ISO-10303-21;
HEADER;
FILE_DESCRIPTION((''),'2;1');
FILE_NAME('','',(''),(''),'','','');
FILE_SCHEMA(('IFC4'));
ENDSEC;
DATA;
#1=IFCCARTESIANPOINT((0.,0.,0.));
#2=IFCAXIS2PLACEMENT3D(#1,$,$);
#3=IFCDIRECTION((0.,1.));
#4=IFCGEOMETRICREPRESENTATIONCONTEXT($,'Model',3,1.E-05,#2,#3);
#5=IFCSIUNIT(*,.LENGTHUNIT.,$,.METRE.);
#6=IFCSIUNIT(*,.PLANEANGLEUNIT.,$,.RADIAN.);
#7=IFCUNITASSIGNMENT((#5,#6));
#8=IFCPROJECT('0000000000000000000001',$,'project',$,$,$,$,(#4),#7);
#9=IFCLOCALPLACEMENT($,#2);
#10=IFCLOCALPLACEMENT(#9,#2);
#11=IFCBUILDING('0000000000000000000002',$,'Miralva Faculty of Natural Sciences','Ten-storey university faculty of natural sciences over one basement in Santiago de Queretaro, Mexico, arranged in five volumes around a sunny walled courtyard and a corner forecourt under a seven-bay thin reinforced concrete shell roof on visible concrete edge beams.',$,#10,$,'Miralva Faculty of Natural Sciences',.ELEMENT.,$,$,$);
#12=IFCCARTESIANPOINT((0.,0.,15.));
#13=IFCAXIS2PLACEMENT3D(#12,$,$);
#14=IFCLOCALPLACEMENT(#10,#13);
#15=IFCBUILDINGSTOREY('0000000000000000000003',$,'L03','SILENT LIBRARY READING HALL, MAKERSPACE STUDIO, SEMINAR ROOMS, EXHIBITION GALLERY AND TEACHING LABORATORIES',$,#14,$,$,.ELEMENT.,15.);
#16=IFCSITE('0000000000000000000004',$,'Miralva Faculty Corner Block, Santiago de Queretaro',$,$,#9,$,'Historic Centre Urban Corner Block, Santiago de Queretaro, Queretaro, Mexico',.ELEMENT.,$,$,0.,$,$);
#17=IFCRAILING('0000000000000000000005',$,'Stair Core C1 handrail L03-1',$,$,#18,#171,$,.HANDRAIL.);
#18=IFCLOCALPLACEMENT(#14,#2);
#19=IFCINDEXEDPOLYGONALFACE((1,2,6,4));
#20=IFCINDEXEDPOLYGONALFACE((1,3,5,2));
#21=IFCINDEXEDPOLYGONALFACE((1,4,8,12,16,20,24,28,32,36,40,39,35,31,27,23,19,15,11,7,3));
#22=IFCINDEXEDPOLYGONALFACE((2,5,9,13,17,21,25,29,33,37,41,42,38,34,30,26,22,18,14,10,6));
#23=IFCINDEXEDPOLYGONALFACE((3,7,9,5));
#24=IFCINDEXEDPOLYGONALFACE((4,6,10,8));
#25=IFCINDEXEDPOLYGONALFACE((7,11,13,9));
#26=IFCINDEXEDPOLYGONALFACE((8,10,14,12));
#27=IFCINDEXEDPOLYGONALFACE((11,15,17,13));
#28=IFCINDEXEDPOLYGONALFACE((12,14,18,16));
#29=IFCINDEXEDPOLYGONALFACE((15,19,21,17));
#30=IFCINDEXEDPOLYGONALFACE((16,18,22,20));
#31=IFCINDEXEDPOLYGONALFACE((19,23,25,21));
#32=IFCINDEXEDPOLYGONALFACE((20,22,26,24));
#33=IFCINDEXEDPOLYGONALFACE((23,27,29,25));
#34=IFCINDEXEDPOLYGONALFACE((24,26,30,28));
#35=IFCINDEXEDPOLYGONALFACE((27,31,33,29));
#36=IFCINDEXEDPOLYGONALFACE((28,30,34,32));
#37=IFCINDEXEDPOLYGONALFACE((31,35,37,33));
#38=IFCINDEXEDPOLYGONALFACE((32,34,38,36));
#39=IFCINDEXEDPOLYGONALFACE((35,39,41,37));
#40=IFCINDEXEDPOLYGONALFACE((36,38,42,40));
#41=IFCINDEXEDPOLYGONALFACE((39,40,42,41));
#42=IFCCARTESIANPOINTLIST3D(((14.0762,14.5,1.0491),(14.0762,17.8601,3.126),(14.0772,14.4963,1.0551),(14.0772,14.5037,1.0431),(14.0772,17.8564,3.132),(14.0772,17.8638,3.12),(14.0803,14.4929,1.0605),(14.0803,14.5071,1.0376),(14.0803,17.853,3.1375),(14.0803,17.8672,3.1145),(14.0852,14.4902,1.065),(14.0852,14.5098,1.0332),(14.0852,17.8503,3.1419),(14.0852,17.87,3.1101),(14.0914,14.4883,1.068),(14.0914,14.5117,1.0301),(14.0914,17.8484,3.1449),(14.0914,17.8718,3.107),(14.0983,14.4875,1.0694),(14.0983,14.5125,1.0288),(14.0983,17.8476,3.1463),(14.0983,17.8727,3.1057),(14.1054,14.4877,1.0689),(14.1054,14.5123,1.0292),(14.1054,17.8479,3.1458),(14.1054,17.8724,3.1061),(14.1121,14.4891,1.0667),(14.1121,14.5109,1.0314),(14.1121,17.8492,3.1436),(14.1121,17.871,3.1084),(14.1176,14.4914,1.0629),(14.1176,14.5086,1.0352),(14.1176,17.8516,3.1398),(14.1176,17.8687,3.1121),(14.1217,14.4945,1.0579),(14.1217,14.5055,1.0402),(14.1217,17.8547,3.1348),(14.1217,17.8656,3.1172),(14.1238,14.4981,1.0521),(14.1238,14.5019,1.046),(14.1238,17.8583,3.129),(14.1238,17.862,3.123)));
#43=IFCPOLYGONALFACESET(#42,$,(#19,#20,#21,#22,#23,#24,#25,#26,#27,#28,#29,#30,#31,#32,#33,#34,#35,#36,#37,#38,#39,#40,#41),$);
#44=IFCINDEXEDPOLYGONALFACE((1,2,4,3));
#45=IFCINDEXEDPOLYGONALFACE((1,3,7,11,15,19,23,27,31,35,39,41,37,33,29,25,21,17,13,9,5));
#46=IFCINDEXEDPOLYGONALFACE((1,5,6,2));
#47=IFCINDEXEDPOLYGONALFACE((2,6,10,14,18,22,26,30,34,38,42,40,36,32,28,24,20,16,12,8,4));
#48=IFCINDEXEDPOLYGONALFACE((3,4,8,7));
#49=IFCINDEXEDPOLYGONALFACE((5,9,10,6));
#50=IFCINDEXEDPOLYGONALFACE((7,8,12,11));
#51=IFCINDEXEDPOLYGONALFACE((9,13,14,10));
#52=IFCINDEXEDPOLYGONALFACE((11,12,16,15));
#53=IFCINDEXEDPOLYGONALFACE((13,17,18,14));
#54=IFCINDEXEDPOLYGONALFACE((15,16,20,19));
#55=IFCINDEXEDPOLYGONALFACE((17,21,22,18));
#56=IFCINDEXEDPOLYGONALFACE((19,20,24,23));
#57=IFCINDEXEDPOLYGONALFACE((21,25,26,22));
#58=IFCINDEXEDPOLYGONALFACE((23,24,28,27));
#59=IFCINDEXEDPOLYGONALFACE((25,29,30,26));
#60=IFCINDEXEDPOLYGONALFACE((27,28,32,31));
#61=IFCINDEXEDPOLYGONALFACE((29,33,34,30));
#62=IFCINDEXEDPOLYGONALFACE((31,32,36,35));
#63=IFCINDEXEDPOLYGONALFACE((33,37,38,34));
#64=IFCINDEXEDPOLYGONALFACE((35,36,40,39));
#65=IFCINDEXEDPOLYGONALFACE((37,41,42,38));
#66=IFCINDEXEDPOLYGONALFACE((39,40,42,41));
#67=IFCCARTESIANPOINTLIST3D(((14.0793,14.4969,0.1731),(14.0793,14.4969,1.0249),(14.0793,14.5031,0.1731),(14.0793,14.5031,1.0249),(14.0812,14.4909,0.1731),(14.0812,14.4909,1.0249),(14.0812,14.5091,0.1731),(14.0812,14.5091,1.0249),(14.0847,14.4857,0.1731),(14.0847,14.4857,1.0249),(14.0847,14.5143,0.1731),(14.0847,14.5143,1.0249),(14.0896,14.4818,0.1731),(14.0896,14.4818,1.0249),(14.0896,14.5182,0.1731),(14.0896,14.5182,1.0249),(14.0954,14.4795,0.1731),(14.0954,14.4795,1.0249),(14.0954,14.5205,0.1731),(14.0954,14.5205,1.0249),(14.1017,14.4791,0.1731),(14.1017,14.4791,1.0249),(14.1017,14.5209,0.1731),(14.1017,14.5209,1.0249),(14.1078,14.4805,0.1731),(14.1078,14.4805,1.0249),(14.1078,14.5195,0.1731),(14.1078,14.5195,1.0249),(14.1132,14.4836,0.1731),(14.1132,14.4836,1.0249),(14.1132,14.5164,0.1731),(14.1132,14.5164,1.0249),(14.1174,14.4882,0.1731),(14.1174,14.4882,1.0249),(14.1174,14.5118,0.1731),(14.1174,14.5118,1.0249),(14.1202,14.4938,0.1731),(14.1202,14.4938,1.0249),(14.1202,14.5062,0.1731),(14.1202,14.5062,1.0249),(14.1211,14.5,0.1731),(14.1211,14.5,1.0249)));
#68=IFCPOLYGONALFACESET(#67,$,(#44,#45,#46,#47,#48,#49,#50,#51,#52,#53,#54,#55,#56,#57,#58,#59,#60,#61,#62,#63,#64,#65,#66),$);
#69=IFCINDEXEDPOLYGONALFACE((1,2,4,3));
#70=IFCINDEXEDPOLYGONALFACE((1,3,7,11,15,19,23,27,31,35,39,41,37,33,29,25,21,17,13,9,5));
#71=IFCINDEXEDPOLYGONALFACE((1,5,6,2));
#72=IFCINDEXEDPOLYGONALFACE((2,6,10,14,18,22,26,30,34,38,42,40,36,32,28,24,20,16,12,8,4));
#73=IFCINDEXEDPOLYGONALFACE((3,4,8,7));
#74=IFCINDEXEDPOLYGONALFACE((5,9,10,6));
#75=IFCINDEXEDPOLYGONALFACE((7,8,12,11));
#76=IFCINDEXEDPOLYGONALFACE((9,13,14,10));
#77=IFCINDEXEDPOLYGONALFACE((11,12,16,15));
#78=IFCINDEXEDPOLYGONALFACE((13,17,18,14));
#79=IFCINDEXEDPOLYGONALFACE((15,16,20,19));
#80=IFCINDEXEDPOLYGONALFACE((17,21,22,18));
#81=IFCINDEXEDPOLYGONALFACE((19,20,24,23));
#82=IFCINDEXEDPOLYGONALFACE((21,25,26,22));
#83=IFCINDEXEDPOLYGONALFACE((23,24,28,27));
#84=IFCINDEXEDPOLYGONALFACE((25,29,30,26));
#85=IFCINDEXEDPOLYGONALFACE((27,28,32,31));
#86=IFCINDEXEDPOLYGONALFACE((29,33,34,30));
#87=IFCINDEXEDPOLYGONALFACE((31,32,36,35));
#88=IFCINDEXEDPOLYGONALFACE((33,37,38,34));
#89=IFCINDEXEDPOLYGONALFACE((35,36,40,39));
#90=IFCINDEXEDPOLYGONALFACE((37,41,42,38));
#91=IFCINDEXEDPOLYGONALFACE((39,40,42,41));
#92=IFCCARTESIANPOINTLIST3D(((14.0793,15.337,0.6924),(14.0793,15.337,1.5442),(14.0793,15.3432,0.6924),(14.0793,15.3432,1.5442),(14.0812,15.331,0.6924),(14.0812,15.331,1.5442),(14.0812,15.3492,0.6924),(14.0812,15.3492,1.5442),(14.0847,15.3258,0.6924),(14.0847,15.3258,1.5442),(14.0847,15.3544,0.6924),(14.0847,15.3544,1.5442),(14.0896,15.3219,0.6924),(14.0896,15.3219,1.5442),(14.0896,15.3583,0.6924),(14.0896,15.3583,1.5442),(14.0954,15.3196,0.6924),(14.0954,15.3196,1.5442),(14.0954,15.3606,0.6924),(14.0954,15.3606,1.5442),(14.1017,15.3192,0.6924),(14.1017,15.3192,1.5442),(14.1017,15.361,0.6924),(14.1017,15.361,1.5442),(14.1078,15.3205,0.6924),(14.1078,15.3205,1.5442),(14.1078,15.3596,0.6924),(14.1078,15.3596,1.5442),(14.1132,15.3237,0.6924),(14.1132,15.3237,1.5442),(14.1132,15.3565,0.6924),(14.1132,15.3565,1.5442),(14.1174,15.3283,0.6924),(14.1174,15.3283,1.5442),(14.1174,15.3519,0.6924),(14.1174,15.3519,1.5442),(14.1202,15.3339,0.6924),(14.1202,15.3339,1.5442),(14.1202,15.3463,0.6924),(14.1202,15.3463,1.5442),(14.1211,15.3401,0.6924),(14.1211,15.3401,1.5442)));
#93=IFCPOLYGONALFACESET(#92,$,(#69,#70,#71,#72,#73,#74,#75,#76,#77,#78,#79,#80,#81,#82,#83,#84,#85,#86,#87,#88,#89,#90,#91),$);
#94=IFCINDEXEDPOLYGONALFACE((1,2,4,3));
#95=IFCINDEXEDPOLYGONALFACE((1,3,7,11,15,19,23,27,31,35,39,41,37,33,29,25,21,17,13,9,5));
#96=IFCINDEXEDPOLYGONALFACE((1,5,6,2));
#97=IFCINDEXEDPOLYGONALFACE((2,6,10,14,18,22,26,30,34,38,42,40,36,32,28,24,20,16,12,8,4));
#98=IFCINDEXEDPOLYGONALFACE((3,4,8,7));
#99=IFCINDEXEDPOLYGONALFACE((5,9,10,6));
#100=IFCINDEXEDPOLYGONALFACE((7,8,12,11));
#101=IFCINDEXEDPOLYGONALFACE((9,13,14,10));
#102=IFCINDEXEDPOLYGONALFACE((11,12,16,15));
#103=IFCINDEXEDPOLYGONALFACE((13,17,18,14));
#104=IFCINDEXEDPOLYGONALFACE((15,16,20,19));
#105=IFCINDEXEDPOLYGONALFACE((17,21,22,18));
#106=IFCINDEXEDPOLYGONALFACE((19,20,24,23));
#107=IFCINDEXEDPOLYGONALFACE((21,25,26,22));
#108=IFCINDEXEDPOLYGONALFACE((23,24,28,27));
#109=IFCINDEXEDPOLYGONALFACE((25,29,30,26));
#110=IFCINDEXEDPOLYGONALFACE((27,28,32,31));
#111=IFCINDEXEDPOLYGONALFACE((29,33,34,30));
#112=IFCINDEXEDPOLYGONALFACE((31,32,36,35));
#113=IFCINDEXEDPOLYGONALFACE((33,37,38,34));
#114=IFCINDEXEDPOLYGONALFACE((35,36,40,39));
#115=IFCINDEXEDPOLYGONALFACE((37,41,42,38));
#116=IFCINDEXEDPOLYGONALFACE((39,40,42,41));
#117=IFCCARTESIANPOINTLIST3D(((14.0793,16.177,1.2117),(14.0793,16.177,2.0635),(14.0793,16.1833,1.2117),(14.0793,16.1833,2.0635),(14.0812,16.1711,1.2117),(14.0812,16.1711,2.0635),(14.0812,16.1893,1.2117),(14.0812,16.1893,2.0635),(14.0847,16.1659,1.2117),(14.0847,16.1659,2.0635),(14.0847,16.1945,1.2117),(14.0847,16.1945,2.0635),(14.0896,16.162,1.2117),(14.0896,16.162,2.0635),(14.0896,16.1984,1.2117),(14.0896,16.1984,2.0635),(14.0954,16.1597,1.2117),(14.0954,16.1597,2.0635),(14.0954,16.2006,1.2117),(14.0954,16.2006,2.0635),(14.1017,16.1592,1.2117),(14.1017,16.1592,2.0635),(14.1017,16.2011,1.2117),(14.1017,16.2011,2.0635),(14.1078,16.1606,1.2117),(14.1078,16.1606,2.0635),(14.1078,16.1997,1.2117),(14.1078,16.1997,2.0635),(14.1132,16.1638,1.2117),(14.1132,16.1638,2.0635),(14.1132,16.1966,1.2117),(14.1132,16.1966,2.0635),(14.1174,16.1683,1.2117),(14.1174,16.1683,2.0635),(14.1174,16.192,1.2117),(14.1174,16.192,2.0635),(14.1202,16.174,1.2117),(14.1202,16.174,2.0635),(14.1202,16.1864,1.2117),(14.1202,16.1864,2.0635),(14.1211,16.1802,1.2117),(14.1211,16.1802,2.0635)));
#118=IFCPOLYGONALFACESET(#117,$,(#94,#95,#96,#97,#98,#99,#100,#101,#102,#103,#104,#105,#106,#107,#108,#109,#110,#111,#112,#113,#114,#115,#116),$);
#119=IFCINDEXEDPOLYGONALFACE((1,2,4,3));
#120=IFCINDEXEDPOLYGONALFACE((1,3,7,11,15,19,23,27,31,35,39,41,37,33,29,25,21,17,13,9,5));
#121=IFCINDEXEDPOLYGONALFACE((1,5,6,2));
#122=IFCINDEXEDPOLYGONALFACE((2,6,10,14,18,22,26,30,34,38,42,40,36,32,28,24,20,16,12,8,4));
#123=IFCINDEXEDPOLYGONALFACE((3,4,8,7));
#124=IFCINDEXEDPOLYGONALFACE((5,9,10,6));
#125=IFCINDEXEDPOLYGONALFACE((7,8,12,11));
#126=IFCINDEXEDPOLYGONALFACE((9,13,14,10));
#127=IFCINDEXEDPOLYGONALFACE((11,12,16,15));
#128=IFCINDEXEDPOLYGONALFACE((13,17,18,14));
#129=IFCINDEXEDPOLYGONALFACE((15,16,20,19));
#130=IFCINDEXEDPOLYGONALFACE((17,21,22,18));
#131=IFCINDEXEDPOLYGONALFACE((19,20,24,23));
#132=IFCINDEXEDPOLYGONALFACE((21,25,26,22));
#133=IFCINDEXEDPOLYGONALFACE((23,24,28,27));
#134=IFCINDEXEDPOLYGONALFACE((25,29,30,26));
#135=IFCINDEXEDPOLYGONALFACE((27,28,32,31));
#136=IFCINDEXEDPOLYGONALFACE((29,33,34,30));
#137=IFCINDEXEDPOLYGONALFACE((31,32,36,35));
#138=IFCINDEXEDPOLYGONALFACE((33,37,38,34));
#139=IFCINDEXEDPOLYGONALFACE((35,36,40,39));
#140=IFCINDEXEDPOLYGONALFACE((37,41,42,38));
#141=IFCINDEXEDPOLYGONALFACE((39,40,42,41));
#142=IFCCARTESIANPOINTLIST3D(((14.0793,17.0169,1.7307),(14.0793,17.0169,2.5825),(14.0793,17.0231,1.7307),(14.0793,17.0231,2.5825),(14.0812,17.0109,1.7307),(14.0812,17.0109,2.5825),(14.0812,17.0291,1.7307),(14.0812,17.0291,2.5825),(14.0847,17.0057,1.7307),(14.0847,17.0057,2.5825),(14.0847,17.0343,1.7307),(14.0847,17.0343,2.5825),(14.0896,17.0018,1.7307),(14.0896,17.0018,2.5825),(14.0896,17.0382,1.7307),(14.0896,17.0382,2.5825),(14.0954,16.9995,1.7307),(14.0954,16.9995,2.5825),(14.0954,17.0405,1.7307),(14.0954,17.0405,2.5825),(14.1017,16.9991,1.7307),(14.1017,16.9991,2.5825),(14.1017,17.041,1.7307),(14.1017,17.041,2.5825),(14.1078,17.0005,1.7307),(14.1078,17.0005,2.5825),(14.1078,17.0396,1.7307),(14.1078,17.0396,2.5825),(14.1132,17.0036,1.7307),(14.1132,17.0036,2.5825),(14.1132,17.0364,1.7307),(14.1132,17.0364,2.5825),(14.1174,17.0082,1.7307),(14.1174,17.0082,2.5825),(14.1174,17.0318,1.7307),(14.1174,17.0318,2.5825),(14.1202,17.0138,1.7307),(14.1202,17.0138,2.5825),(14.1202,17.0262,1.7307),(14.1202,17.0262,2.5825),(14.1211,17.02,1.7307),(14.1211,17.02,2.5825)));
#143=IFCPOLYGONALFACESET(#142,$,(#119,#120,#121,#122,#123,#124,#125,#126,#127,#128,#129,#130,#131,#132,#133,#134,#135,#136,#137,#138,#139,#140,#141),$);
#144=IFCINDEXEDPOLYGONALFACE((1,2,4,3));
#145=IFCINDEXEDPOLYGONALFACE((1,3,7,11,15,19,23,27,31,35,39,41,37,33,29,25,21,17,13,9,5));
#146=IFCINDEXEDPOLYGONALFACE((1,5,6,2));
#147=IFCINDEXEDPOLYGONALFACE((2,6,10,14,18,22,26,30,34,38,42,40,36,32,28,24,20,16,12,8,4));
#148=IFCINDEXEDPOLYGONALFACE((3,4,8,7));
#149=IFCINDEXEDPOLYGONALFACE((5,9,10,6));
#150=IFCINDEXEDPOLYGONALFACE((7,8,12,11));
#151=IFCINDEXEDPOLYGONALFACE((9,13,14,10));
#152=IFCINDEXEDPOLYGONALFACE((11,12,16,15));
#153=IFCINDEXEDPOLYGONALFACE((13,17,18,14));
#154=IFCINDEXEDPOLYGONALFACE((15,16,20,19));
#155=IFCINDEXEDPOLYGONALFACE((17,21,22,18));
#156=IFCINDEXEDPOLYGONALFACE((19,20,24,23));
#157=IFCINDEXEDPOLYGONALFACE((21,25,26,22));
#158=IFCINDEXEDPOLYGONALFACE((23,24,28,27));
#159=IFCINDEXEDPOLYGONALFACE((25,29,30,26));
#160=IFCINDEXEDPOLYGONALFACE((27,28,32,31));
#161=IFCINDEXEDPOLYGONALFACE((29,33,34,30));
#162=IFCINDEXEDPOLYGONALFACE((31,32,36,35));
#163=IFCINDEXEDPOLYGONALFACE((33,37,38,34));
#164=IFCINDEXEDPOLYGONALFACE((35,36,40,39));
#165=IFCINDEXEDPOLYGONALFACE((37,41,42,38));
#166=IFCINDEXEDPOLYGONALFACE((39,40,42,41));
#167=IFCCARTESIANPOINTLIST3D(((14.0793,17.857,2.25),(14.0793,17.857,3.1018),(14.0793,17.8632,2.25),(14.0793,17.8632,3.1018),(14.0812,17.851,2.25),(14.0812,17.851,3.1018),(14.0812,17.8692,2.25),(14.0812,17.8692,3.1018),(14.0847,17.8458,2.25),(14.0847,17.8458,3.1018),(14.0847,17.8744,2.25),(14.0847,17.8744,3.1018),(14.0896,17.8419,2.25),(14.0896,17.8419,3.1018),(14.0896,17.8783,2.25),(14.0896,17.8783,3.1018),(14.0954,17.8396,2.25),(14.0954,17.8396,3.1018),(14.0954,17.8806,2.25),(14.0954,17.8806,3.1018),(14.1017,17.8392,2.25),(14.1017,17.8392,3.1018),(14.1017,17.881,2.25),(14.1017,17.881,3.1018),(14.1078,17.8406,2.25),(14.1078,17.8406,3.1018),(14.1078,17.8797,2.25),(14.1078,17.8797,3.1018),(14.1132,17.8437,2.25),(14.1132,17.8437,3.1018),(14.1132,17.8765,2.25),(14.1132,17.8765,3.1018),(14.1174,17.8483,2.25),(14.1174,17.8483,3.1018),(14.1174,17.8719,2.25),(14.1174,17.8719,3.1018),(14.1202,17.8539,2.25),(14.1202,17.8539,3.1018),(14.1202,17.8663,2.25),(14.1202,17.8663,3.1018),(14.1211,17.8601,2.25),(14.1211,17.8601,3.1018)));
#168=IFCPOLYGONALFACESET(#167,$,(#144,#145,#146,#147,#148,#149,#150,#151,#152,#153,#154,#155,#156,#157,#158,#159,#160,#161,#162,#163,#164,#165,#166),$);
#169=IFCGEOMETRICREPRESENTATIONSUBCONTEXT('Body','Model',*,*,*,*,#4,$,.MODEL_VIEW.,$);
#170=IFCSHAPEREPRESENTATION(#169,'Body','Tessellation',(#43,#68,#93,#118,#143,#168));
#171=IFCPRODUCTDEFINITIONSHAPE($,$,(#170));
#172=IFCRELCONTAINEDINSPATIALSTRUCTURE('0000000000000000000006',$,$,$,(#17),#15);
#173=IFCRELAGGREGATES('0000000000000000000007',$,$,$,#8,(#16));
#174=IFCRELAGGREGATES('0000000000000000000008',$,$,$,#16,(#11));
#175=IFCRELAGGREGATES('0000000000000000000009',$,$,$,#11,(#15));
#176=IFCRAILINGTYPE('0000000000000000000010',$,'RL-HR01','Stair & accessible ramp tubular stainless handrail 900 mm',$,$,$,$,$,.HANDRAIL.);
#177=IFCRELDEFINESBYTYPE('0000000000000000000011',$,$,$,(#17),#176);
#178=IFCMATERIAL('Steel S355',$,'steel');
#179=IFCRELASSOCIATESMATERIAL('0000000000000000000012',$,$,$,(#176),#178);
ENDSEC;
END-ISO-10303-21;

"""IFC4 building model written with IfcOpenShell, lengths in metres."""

from ifc_helpers import new_model, si_unit, direction, frame, origin, origin_2d, place, context, subcontext, project, spatial, circle, extrude, material, type_object, element, save


model = new_model("IFC4")

# Units and contexts
model_context = context("Model", 3, precision=1e-05, world=origin(), true_north=direction((0.0, 1.0)))
body_context = subcontext(model_context, "Body", "Model", "MODEL_VIEW")
ifc_project = project(units=[si_unit("LENGTHUNIT", "METRE"), si_unit("PLANEANGLEUNIT", "RADIAN")], contexts=[model_context])

# Site, building, storey
site_placement = place(None, origin())
site = spatial("IfcSite", under=ifc_project, at=site_placement, Name="Miralva Faculty Corner Block, Santiago de Queretaro", LongName="Historic Centre Urban Corner Block, Santiago de Queretaro, Queretaro, Mexico", CompositionType="ELEMENT", RefElevation=0.0)
building_placement = place(site_placement, origin())
building = spatial("IfcBuilding", under=site, at=building_placement, Name="Miralva Faculty of Natural Sciences", Description="Ten-storey university faculty of natural sciences over one basement in Santiago de Queretaro, Mexico, arranged in five volumes around a sunny walled courtyard and a corner forecourt under a seven-bay thin reinforced concrete shell roof on visible concrete edge beams.", LongName="Miralva Faculty of Natural Sciences", CompositionType="ELEMENT")
storey_placement = place(building_placement, frame((0.0, 0.0, 15.0)))
storey = spatial("IfcBuildingStorey", under=building, at=storey_placement, Name="L03", Description="SILENT LIBRARY READING HALL, MAKERSPACE STUDIO, SEMINAR ROOMS, EXHIBITION GALLERY AND TEACHING LABORATORIES", CompositionType="ELEMENT", Elevation=15.0)

# Railing
ifc_material_1 = material(Name="Steel S355", Category="steel")
railing_type_1 = type_object("IfcRailingType", Name="RL-HR01", Description="Stair & accessible ramp tubular stainless handrail 900 mm", PredefinedType="HANDRAIL", material=ifc_material_1)
railing_1_placement = place(storey_placement, frame((14.1001, 14.5, 0.1731)))
element("IfcRailing", 1, at=railing_1_placement, inside=storey, type_object=railing_type_1, Name="Stair Core C1 handrail L03-1", PredefinedType="HANDRAIL", context=body_context, shape_type="SweptSolid", body=[
    extrude(circle(Radius=0.0239, at=origin_2d()), frame((0.0, 0.0, 0.876), z_axis=(0.0, 0.850623, 0.525776), x_axis=(-1.0, 0.0, 0.0)), (0.0, 0.0, 1.0), 3.9502),
    extrude(circle(Radius=0.021, at=origin_2d()), origin(), (0.0, 0.0, 1.0), 0.8518),
    extrude(circle(Radius=0.021, at=origin_2d()), frame((0.0, 0.8401, 0.5193)), (0.0, 0.0, 1.0), 0.8518),
    extrude(circle(Radius=0.021, at=origin_2d()), frame((0.0, 1.6802, 1.0386)), (0.0, 0.0, 1.0), 0.8518),
    extrude(circle(Radius=0.021, at=origin_2d()), frame((0.0, 2.52, 1.5576)), (0.0, 0.0, 1.0), 0.8518),
    extrude(circle(Radius=0.021, at=origin_2d()), frame((0.0, 3.3601, 2.0769)), (0.0, 0.0, 1.0), 0.8518),
])

save(model, "model.ifc")
